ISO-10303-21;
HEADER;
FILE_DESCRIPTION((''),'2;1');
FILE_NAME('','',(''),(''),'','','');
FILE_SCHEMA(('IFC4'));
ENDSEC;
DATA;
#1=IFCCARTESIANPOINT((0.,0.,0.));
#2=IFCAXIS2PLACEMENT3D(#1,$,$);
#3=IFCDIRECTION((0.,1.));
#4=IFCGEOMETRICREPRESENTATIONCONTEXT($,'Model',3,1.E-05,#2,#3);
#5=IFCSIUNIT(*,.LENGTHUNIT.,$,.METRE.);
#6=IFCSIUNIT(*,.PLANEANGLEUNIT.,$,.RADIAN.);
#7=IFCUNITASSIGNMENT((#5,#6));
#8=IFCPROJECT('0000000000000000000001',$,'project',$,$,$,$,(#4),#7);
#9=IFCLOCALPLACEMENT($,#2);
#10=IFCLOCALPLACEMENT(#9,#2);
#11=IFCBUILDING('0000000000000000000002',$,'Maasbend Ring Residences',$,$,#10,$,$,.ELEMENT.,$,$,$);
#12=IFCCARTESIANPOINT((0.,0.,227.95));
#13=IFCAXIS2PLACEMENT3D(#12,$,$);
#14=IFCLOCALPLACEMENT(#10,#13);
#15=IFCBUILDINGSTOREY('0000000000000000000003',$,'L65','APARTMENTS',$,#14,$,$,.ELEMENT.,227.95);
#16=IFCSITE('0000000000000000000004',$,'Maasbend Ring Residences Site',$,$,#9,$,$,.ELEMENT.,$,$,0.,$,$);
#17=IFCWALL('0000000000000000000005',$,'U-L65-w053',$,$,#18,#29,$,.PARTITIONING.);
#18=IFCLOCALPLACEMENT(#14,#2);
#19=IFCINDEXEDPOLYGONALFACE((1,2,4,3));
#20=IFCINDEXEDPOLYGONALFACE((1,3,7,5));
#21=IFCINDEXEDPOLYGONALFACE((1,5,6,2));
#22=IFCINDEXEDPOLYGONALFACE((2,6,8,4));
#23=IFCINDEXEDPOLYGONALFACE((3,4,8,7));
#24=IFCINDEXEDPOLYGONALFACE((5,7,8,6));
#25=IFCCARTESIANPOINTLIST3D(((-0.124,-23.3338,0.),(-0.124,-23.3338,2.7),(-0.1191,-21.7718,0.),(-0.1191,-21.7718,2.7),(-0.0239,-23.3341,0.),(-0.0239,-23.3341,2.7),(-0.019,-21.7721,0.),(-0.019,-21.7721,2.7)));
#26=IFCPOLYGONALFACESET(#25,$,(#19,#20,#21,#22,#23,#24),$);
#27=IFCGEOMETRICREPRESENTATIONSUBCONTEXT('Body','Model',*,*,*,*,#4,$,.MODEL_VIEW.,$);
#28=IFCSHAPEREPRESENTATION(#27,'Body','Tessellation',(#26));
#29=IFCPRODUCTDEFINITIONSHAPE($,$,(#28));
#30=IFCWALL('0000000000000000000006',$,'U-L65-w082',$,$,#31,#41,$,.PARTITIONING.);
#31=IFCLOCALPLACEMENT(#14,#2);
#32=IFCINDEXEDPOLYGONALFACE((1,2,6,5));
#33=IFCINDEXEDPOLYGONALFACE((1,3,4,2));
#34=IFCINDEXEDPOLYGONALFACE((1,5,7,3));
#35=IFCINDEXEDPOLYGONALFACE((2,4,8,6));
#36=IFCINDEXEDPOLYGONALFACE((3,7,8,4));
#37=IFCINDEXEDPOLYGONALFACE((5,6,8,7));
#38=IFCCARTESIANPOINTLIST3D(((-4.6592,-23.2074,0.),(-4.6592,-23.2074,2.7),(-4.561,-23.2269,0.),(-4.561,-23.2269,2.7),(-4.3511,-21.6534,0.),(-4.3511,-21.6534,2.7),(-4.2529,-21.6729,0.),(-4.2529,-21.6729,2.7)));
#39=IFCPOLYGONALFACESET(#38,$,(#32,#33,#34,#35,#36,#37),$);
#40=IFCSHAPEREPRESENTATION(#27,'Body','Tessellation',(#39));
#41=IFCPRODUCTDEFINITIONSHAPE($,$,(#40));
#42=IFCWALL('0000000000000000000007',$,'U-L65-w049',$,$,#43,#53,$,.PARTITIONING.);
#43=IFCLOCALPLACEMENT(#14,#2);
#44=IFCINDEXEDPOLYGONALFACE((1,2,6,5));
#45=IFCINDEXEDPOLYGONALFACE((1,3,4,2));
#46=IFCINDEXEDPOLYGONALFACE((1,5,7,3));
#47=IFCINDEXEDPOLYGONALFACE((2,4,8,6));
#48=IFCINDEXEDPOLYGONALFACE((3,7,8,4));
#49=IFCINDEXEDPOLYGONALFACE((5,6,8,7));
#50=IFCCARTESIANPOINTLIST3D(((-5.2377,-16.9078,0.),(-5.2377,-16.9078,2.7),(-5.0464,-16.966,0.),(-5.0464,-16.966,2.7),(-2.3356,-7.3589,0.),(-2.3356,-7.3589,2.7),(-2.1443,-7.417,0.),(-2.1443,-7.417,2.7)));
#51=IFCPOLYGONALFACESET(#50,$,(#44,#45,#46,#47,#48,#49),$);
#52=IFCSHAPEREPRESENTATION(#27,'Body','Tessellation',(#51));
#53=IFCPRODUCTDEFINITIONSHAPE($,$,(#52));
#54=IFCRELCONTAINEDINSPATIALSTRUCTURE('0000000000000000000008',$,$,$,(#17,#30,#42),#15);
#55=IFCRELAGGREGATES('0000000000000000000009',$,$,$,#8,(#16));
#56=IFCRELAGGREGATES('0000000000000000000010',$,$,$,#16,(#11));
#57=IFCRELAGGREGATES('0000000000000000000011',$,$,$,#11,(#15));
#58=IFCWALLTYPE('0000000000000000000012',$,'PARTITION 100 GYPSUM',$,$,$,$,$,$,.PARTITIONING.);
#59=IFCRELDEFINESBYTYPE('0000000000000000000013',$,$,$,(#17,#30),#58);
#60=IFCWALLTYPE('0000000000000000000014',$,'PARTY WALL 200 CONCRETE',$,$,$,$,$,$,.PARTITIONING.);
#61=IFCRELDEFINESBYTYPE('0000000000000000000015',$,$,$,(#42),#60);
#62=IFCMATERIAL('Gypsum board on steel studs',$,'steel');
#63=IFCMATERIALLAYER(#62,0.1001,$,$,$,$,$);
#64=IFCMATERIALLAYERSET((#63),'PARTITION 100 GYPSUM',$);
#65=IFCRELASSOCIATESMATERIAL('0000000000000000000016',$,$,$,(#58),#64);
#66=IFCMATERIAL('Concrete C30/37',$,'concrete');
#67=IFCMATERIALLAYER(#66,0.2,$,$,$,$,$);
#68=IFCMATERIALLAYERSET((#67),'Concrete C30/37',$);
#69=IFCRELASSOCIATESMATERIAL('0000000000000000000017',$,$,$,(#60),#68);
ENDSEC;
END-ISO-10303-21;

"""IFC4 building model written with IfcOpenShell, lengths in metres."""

from ifc_helpers import new_model, si_unit, direction, frame, frame_2d, origin, place, context, subcontext, project, spatial, rectangle, extrude, material, layer, layer_set, type_object, element, save


model = new_model("IFC4")

# Units and contexts
model_context = context("Model", 3, precision=1e-05, world=origin(), true_north=direction((0.0, 1.0)))
body_context = subcontext(model_context, "Body", "Model", "MODEL_VIEW")
ifc_project = project(units=[si_unit("LENGTHUNIT", "METRE"), si_unit("PLANEANGLEUNIT", "RADIAN")], contexts=[model_context])

# Site, building, storey
site_placement = place(None, origin())
site = spatial("IfcSite", under=ifc_project, at=site_placement, Name="Maasbend Ring Residences Site", CompositionType="ELEMENT", RefElevation=0.0)
building_placement = place(site_placement, origin())
building = spatial("IfcBuilding", under=site, at=building_placement, Name="Maasbend Ring Residences", CompositionType="ELEMENT")
storey_placement = place(building_placement, frame((0.0, 0.0, 227.95)))
storey = spatial("IfcBuildingStorey", under=building, at=storey_placement, Name="L65", Description="APARTMENTS", CompositionType="ELEMENT", Elevation=227.95)

# Shared definitions
ifc_material_1 = material(Name="Gypsum board on steel studs", Category="steel")
ifc_layer_1 = layer(ifc_material_1, 0.1001)
ifc_layer_set_1 = layer_set([ifc_layer_1], Name="PARTITION 100 GYPSUM")
wall_type_1 = type_object("IfcWallType", Name="PARTITION 100 GYPSUM", PredefinedType="PARTITIONING", material=ifc_layer_set_1)

# Walls
wall_1_placement = place(storey_placement, frame((-0.074, -23.334, 0.0), z_axis=(0.0, 0.0, 1.0), x_axis=(0.003126, 0.999995, 0.0)))
element("IfcWall", 1, at=wall_1_placement, inside=storey, type_object=wall_type_1, Name="U-L65-w053", PredefinedType="PARTITIONING", context=body_context, shape_type="SweptSolid", body=[
    extrude(rectangle(XDim=1.562, YDim=0.1001, at=frame_2d((0.781, 0.0))), origin(), (0.0, 0.0, 1.0), 2.7),
])
wall_2_placement = place(storey_placement, frame((-4.6101, -23.217, 0.0), z_axis=(0.0, 0.0, 1.0), x_axis=(0.194486, 0.980905, 0.0)))
element("IfcWall", 2, at=wall_2_placement, inside=storey, type_object=wall_type_1, Name="U-L65-w082", PredefinedType="PARTITIONING", context=body_context, shape_type="SweptSolid", body=[
    extrude(rectangle(XDim=1.5842, YDim=0.1001, at=frame_2d((0.792, 0.0))), origin(), (0.0, 0.0, 1.0), 2.7),
])
ifc_material_2 = material(Name="Concrete C30/37", Category="concrete")
ifc_layer_2 = layer(ifc_material_2, 0.2)
ifc_layer_set_2 = layer_set([ifc_layer_2], Name="Concrete C30/37")
wall_type_2 = type_object("IfcWallType", Name="PARTY WALL 200 CONCRETE", PredefinedType="PARTITIONING", material=ifc_layer_set_2)
wall_3_placement = place(storey_placement, frame((-5.1421, -16.937, 0.0), z_axis=(0.0, 0.0, 1.0), x_axis=(0.290782, 0.956789, 0.0)))
element("IfcWall", 3, at=wall_3_placement, inside=storey, type_object=wall_type_2, Name="U-L65-w049", PredefinedType="PARTITIONING", context=body_context, shape_type="SweptSolid", body=[
    extrude(rectangle(XDim=9.9802, YDim=0.2, at=frame_2d((4.9902, 0.0))), origin(), (0.0, 0.0, 1.0), 2.7),
])

save(model, "model.ifc")
